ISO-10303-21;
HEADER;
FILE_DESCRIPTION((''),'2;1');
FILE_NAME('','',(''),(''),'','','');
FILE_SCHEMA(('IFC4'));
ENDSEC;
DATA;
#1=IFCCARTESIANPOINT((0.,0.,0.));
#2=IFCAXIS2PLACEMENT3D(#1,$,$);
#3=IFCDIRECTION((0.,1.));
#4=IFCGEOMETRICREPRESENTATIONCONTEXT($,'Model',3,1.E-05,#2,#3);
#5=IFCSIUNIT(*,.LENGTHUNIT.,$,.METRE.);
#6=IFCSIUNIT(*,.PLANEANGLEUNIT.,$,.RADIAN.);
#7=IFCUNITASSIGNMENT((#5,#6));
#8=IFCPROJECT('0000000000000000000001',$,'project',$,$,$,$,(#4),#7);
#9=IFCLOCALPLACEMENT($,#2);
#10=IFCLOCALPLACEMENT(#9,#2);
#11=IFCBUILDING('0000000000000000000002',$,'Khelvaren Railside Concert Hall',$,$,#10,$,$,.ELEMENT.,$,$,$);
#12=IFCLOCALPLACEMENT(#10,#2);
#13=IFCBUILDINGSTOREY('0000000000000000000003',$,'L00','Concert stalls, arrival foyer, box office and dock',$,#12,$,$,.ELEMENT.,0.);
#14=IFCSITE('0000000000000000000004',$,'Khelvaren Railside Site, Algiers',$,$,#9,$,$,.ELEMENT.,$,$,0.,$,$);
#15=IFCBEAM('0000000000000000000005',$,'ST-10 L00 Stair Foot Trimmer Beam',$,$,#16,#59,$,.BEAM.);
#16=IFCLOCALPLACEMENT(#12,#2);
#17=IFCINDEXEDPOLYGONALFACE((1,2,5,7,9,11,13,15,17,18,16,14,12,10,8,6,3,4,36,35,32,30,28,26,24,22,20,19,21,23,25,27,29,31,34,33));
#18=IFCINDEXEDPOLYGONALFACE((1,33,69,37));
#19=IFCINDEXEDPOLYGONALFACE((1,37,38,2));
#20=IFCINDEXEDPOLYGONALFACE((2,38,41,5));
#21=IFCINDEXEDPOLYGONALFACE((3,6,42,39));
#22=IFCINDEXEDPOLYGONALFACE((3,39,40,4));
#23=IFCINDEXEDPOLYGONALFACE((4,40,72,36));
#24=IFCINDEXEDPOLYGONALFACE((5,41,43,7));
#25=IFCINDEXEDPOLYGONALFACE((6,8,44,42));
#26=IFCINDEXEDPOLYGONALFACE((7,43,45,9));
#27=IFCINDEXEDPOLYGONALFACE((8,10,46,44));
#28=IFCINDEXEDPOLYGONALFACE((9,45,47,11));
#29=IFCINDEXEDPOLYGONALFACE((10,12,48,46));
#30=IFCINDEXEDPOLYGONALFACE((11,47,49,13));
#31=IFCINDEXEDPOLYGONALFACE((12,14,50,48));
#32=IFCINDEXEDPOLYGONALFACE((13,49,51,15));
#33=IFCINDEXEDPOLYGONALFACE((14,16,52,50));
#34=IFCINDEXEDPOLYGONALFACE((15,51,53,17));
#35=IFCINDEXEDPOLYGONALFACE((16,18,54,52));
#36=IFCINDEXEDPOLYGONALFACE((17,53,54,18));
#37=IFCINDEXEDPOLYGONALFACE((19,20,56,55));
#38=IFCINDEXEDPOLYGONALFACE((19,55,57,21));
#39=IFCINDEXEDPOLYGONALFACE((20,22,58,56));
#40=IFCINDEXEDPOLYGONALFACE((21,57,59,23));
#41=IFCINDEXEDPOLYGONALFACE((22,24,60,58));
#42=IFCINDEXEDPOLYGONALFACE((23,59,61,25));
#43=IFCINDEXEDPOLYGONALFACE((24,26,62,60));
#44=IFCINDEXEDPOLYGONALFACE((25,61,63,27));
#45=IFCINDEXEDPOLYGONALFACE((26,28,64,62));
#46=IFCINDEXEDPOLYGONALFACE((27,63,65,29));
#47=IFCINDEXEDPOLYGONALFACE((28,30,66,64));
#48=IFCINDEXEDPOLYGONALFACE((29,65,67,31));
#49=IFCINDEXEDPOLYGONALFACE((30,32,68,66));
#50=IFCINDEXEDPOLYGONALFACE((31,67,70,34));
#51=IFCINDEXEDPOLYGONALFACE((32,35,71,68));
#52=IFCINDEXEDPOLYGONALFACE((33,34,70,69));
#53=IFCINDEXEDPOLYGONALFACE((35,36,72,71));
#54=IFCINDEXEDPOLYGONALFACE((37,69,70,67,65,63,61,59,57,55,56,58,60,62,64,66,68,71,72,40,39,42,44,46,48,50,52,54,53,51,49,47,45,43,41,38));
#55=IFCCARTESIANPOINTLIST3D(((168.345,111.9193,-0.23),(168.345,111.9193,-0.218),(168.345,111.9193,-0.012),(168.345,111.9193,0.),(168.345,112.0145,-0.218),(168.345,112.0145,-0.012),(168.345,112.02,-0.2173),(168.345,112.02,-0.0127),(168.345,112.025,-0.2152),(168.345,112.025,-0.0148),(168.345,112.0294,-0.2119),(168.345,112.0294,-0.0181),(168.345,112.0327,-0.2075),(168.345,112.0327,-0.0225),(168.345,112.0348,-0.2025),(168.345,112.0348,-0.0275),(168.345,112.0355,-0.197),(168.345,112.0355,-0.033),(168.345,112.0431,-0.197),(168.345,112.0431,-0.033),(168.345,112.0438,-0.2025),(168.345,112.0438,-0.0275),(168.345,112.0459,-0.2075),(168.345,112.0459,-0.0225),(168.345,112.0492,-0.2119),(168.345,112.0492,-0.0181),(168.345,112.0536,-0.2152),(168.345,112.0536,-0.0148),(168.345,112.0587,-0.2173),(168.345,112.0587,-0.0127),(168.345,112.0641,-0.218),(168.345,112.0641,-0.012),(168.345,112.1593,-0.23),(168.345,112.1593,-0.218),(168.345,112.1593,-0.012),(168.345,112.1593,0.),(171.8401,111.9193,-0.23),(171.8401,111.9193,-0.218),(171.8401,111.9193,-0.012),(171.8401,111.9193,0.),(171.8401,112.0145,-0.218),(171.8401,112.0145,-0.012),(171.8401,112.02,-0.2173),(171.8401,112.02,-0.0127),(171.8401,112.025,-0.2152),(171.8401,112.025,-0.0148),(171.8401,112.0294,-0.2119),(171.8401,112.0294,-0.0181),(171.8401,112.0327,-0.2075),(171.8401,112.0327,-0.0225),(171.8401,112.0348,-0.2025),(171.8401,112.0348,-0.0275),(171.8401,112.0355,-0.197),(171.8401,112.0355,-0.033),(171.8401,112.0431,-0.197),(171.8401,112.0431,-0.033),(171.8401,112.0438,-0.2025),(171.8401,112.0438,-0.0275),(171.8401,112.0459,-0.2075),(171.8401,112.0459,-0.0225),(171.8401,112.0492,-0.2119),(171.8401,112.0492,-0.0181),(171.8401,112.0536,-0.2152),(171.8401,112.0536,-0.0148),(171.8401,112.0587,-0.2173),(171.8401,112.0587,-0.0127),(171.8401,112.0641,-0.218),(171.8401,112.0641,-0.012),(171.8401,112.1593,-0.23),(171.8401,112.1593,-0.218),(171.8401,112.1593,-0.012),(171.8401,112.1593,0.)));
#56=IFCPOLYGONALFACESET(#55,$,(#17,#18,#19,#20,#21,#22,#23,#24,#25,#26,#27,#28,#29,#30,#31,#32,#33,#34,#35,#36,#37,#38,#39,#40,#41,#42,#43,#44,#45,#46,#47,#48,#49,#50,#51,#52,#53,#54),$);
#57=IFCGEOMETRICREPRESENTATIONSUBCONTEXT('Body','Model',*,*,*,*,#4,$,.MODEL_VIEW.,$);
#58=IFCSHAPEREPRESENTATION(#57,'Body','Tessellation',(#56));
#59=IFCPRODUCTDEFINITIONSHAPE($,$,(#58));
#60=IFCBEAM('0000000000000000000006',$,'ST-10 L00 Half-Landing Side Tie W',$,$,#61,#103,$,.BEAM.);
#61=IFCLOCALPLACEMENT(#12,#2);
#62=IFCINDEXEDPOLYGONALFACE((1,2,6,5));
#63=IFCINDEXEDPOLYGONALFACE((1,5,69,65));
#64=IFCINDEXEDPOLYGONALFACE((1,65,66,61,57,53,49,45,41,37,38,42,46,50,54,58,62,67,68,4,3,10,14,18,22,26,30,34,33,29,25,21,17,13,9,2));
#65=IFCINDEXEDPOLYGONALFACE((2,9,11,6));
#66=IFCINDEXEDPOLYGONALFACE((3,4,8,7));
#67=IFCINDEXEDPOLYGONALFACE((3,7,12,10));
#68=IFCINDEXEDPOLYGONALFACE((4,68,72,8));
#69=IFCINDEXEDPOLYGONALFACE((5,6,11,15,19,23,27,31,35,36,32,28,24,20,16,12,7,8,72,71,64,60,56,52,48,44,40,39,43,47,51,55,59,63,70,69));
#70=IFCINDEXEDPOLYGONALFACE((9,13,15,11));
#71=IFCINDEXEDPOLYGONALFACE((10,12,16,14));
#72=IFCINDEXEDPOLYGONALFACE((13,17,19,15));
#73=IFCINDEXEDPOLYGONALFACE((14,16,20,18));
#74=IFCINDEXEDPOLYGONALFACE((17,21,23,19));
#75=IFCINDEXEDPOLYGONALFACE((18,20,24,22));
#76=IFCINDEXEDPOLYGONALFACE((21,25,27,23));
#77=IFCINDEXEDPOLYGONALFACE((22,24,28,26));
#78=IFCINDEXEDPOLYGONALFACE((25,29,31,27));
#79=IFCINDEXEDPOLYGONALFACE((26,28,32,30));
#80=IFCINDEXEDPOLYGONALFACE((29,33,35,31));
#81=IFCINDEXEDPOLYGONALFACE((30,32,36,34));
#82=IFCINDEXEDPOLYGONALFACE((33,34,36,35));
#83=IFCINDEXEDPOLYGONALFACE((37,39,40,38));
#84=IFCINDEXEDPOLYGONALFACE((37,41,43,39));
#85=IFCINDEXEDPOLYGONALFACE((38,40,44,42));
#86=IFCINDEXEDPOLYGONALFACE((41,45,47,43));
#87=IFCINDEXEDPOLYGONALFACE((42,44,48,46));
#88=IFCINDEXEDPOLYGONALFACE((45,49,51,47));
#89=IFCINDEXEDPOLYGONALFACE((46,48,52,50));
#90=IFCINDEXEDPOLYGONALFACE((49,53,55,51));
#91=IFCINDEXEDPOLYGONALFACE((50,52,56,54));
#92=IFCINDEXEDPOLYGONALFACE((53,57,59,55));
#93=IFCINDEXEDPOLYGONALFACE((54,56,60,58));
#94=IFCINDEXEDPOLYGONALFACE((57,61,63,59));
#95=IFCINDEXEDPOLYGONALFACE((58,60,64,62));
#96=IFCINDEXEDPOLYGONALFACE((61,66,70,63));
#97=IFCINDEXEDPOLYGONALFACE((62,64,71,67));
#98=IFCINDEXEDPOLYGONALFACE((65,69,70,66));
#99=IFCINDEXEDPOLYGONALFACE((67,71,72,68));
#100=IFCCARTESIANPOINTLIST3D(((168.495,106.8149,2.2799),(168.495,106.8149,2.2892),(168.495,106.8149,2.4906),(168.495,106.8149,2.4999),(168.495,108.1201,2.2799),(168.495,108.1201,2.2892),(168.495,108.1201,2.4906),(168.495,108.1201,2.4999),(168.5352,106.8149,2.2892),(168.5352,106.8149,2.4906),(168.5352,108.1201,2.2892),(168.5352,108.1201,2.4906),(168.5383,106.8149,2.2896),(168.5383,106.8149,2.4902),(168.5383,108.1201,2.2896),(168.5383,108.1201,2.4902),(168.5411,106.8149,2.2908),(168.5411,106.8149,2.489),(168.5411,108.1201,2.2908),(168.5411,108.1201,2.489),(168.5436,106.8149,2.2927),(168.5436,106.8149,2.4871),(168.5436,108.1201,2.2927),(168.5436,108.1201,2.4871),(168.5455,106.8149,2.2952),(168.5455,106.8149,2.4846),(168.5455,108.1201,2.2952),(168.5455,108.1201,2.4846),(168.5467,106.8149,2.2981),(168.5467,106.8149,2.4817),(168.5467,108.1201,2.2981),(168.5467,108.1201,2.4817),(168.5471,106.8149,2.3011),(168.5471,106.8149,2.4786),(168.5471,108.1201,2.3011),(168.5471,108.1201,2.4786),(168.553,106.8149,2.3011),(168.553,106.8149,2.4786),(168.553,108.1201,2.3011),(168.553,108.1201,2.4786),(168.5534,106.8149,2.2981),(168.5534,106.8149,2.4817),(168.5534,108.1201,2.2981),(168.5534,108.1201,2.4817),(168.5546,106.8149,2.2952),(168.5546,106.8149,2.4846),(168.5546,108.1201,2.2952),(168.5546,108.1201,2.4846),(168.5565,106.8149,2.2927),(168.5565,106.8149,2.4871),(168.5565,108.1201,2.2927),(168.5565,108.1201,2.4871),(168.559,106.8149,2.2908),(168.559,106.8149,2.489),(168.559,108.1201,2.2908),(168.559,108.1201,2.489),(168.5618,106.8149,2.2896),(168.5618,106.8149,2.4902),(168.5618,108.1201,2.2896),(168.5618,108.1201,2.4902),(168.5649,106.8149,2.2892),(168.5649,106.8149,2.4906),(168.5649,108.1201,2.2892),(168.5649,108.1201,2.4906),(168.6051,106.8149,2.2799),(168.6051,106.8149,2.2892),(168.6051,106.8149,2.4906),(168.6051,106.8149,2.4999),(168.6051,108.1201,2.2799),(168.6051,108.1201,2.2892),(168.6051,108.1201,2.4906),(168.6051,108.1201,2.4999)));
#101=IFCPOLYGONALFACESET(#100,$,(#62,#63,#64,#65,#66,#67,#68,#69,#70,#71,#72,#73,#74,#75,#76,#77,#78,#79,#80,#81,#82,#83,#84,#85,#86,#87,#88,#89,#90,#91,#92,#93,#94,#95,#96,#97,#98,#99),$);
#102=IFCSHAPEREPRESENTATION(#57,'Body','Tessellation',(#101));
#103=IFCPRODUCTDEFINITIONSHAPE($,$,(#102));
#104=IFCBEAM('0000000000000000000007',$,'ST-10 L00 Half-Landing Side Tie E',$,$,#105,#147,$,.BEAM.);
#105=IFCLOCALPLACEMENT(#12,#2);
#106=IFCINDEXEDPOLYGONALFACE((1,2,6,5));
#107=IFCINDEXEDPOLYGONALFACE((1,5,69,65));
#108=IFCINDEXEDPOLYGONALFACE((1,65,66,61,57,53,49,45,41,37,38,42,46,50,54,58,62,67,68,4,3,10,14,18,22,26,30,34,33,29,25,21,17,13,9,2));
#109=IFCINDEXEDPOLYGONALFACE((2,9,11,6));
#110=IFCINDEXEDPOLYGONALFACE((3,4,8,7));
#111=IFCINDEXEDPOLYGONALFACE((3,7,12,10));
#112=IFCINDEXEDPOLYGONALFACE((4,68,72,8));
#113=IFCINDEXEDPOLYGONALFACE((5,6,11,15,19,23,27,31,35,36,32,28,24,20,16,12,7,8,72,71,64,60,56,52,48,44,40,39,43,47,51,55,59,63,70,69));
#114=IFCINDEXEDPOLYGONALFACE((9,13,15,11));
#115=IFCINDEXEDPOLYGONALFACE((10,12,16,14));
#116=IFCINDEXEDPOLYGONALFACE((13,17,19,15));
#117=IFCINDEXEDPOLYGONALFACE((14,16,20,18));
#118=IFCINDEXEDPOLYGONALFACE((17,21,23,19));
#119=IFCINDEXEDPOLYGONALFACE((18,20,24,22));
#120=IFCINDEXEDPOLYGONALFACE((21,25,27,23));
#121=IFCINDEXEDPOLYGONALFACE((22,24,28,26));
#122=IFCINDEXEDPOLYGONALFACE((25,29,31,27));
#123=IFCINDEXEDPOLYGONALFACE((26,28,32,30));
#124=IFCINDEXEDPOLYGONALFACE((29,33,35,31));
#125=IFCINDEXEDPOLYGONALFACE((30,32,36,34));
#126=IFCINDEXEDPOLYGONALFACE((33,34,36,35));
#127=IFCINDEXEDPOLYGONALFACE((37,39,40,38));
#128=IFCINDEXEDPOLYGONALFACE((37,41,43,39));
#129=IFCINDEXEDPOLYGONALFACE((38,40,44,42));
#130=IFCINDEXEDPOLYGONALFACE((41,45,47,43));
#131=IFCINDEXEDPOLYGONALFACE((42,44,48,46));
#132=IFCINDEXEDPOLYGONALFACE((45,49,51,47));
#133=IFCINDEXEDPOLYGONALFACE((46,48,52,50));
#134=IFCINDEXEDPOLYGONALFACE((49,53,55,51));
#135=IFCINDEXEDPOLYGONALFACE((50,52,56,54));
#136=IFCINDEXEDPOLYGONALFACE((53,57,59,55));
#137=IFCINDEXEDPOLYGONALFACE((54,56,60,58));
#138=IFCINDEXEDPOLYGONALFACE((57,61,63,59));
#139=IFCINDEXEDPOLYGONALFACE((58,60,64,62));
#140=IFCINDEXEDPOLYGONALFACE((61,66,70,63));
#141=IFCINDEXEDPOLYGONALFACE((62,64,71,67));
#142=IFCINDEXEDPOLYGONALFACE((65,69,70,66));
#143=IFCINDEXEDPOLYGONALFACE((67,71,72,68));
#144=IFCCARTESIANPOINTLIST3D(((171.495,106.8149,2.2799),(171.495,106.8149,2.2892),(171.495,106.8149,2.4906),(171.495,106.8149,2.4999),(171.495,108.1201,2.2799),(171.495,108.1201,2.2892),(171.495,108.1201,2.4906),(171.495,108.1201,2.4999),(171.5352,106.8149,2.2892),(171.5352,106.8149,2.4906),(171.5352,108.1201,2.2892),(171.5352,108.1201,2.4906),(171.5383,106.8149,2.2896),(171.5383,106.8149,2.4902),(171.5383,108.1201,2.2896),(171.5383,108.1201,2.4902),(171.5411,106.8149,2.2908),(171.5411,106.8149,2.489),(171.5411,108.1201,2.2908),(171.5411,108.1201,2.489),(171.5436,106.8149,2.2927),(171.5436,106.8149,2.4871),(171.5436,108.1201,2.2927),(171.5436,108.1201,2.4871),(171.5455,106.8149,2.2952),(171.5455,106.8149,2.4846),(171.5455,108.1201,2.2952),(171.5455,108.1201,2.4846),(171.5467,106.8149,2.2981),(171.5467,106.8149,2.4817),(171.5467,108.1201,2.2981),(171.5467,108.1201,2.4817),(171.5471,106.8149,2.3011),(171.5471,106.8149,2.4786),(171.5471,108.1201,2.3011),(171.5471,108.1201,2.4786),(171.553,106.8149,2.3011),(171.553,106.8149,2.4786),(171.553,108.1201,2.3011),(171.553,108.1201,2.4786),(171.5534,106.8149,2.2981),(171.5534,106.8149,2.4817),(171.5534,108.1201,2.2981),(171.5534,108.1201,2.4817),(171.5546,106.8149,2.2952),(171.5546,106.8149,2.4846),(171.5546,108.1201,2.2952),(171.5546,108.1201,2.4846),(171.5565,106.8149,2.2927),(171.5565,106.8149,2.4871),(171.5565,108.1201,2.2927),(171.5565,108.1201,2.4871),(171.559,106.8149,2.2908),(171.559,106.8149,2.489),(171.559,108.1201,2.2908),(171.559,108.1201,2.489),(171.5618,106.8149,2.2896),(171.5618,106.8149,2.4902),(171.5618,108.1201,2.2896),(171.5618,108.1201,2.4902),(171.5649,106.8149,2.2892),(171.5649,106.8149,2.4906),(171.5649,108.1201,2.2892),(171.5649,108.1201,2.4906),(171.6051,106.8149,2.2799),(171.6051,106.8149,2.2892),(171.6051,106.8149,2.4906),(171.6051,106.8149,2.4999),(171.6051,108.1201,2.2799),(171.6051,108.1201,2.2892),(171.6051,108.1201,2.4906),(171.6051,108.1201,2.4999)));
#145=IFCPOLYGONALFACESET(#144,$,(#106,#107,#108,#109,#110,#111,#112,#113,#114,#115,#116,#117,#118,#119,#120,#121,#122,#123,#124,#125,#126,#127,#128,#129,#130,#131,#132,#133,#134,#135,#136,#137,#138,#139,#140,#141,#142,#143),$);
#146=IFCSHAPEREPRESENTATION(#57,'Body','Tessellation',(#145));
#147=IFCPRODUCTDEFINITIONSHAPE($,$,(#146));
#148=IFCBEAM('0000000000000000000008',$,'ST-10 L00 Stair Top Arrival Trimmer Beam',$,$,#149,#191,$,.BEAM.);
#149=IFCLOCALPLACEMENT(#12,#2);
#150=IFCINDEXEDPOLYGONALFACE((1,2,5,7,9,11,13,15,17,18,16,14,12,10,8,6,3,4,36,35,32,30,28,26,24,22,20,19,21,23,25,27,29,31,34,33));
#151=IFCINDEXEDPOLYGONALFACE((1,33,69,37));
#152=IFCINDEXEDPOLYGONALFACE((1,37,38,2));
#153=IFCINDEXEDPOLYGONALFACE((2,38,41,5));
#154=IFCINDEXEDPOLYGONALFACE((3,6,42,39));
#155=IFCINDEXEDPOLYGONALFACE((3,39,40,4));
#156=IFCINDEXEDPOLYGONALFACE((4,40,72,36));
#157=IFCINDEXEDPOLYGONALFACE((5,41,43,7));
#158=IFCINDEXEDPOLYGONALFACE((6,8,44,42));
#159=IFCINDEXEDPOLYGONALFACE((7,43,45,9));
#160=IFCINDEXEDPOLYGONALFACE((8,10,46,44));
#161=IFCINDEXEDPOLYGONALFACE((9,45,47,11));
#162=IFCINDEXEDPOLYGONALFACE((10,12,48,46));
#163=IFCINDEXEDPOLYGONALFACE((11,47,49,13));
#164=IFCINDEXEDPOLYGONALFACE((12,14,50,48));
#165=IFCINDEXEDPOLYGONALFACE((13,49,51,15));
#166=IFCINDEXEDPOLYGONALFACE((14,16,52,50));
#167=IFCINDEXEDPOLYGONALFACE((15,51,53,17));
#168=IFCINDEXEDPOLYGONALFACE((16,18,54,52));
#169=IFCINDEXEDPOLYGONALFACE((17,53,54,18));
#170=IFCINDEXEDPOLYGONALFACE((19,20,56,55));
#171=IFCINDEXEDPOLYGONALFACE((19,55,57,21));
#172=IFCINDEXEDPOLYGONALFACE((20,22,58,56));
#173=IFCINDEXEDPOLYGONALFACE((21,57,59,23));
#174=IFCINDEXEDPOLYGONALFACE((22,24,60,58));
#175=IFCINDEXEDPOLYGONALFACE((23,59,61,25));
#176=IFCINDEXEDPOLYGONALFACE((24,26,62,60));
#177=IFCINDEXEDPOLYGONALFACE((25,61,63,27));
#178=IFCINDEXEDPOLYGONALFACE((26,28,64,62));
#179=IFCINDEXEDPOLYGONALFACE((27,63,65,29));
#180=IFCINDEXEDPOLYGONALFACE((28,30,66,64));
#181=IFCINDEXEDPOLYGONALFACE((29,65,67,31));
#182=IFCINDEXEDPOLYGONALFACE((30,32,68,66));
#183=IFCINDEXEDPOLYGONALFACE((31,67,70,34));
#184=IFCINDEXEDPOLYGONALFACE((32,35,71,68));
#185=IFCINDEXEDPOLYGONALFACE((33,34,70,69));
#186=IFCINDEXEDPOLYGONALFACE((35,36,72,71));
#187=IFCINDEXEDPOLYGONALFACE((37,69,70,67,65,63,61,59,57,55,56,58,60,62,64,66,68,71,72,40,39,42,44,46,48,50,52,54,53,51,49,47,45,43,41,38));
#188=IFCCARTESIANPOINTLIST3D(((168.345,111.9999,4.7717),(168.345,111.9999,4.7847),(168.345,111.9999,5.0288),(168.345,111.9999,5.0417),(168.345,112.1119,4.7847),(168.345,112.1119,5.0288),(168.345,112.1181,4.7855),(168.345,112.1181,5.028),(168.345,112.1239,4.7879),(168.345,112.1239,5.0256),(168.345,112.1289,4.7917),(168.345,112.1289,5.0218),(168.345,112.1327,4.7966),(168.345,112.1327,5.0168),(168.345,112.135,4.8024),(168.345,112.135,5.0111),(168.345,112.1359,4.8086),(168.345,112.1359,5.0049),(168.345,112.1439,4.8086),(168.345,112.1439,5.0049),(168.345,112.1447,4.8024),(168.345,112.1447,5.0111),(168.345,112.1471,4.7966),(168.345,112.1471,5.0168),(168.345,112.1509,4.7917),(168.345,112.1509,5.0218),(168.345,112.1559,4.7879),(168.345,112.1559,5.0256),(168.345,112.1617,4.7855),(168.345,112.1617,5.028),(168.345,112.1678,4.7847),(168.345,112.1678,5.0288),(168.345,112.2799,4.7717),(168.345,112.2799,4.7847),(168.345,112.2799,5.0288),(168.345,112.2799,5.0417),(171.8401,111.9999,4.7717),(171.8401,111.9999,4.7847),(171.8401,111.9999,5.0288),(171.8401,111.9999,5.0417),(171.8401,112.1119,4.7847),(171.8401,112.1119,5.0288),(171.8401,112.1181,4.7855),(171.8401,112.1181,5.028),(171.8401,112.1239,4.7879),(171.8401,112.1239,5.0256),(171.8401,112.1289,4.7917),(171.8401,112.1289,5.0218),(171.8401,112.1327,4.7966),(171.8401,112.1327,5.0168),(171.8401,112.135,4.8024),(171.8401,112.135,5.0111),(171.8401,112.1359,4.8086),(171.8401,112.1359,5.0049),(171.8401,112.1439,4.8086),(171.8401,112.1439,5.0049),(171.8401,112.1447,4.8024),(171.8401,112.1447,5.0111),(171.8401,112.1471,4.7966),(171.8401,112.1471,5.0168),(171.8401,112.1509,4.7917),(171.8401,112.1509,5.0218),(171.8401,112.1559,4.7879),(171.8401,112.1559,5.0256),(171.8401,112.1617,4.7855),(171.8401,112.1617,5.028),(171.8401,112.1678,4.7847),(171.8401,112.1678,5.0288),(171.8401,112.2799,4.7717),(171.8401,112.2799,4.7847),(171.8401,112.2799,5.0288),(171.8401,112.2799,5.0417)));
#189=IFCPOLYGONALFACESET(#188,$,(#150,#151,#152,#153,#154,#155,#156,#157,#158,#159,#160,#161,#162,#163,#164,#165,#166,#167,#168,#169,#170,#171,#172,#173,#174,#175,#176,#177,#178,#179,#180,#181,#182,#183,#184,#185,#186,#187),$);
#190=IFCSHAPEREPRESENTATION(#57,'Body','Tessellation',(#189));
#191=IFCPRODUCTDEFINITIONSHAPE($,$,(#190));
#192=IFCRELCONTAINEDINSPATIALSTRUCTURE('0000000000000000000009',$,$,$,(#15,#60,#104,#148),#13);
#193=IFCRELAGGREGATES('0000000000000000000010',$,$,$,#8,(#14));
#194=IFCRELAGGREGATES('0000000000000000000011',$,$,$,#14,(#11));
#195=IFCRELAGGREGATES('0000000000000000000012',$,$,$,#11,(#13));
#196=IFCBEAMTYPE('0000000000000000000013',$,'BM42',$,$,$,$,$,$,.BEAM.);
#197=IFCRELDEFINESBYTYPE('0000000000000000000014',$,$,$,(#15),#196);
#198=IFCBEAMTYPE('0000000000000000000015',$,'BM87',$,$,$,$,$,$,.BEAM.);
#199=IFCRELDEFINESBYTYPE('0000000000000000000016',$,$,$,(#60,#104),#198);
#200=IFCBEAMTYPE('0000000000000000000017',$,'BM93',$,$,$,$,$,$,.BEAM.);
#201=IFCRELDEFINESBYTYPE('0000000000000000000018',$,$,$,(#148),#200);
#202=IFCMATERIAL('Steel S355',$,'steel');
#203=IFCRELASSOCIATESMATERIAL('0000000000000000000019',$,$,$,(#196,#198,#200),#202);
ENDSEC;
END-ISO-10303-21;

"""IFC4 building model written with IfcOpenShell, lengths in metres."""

from ifc_helpers import new_model, si_unit, direction, frame, origin, origin_2d, place, context, subcontext, project, spatial, i_section, extrude, material, material_profile, profile_set, type_object, element, save


model = new_model("IFC4")

# Units and contexts
model_context = context("Model", 3, precision=1e-05, world=origin(), true_north=direction((0.0, 1.0)))
body_context = subcontext(model_context, "Body", "Model", "MODEL_VIEW")
ifc_project = project(units=[si_unit("LENGTHUNIT", "METRE"), si_unit("PLANEANGLEUNIT", "RADIAN")], contexts=[model_context])

# Site, building, storey
site_placement = place(None, origin())
site = spatial("IfcSite", under=ifc_project, at=site_placement, Name="Khelvaren Railside Site, Algiers", CompositionType="ELEMENT", RefElevation=0.0)
building_placement = place(site_placement, origin())
building = spatial("IfcBuilding", under=site, at=building_placement, Name="Khelvaren Railside Concert Hall", CompositionType="ELEMENT")
storey_placement = place(building_placement, origin())
storey = spatial("IfcBuildingStorey", under=building, at=storey_placement, Name="L00", Description="Concert stalls, arrival foyer, box office and dock", CompositionType="ELEMENT", Elevation=0.0)

# Beams
ifc_material_1 = material(Name="Steel S355", Category="steel")
ifc_material_profile_1 = material_profile(ifc_material_1, i_section(OverallWidth=0.24, OverallDepth=0.23, WebThickness=0.0076, FlangeThickness=0.012, FilletRadius=0.021, at=origin_2d()), Name="HEA 240")
ifc_profile_set_1 = profile_set([ifc_material_profile_1], Name="Steel S355")
beam_type_1 = type_object("IfcBeamType", Name="BM42", PredefinedType="BEAM", material=ifc_profile_set_1)
beam_1_placement = place(storey_placement, frame((168.345, 112.0393, -0.115), z_axis=(1.0, 0.0, 0.0), x_axis=(0.0, 1.0, 0.0)))
element("IfcBeam", 1, at=beam_1_placement, inside=storey, type_object=beam_type_1, Name="ST-10 L00 Stair Foot Trimmer Beam", PredefinedType="BEAM", context=body_context, shape_type="SweptSolid", body=[
    extrude(i_section(OverallWidth=0.24, OverallDepth=0.23, WebThickness=0.0076, FlangeThickness=0.012, FilletRadius=0.021, at=origin_2d()), origin(), (0.0, 0.0, 1.0), 3.4951),
])
ifc_material_profile_2 = material_profile(ifc_material_1, i_section(OverallWidth=0.1101, OverallDepth=0.22, WebThickness=0.0059, FlangeThickness=0.0093, FilletRadius=0.012, at=origin_2d()), Name="IPE 220")
ifc_profile_set_2 = profile_set([ifc_material_profile_2], Name="Steel S355")
beam_type_2 = type_object("IfcBeamType", Name="BM87", PredefinedType="BEAM", material=ifc_profile_set_2)
for number, where, z_axis, x_axis, name in (
    (2, (168.55, 106.8149, 2.3899), (0.0, 1.0, 0.0), (-1.0, 0.0, 0.0), "ST-10 L00 Half-Landing Side Tie W"),
    (3, (171.55, 106.8149, 2.3899), (0.0, 1.0, 0.0), (-1.0, 0.0, 0.0), "ST-10 L00 Half-Landing Side Tie E"),
):
    element("IfcBeam", number, at=place(storey_placement, frame(where, z_axis=z_axis, x_axis=x_axis)), inside=storey, type_object=beam_type_2, Name=name, PredefinedType="BEAM", context=body_context, shape_type="SweptSolid", body=[
        extrude(i_section(OverallWidth=0.1101, OverallDepth=0.22, WebThickness=0.0059, FlangeThickness=0.0093, FilletRadius=0.012, at=origin_2d()), origin(), (0.0, 0.0, 1.0), 1.3052),
    ])
ifc_material_profile_3 = material_profile(ifc_material_1, i_section(OverallWidth=0.28, OverallDepth=0.27, WebThickness=0.0081, FlangeThickness=0.0129, FilletRadius=0.0239, at=origin_2d()), Name="HEA 280")
ifc_profile_set_3 = profile_set([ifc_material_profile_3], Name="Steel S355")
beam_type_3 = type_object("IfcBeamType", Name="BM93", PredefinedType="BEAM", material=ifc_profile_set_3)
beam_2_placement = place(storey_placement, frame((168.345, 112.1399, 4.9067), z_axis=(1.0, 0.0, 0.0), x_axis=(0.0, 1.0, 0.0)))
element("IfcBeam", 4, at=beam_2_placement, inside=storey, type_object=beam_type_3, Name="ST-10 L00 Stair Top Arrival Trimmer Beam", PredefinedType="BEAM", context=body_context, shape_type="SweptSolid", body=[
    extrude(i_section(OverallWidth=0.28, OverallDepth=0.27, WebThickness=0.0081, FlangeThickness=0.0129, FilletRadius=0.0239, at=origin_2d()), origin(), (0.0, 0.0, 1.0), 3.4951),
])

save(model, "model.ifc")
